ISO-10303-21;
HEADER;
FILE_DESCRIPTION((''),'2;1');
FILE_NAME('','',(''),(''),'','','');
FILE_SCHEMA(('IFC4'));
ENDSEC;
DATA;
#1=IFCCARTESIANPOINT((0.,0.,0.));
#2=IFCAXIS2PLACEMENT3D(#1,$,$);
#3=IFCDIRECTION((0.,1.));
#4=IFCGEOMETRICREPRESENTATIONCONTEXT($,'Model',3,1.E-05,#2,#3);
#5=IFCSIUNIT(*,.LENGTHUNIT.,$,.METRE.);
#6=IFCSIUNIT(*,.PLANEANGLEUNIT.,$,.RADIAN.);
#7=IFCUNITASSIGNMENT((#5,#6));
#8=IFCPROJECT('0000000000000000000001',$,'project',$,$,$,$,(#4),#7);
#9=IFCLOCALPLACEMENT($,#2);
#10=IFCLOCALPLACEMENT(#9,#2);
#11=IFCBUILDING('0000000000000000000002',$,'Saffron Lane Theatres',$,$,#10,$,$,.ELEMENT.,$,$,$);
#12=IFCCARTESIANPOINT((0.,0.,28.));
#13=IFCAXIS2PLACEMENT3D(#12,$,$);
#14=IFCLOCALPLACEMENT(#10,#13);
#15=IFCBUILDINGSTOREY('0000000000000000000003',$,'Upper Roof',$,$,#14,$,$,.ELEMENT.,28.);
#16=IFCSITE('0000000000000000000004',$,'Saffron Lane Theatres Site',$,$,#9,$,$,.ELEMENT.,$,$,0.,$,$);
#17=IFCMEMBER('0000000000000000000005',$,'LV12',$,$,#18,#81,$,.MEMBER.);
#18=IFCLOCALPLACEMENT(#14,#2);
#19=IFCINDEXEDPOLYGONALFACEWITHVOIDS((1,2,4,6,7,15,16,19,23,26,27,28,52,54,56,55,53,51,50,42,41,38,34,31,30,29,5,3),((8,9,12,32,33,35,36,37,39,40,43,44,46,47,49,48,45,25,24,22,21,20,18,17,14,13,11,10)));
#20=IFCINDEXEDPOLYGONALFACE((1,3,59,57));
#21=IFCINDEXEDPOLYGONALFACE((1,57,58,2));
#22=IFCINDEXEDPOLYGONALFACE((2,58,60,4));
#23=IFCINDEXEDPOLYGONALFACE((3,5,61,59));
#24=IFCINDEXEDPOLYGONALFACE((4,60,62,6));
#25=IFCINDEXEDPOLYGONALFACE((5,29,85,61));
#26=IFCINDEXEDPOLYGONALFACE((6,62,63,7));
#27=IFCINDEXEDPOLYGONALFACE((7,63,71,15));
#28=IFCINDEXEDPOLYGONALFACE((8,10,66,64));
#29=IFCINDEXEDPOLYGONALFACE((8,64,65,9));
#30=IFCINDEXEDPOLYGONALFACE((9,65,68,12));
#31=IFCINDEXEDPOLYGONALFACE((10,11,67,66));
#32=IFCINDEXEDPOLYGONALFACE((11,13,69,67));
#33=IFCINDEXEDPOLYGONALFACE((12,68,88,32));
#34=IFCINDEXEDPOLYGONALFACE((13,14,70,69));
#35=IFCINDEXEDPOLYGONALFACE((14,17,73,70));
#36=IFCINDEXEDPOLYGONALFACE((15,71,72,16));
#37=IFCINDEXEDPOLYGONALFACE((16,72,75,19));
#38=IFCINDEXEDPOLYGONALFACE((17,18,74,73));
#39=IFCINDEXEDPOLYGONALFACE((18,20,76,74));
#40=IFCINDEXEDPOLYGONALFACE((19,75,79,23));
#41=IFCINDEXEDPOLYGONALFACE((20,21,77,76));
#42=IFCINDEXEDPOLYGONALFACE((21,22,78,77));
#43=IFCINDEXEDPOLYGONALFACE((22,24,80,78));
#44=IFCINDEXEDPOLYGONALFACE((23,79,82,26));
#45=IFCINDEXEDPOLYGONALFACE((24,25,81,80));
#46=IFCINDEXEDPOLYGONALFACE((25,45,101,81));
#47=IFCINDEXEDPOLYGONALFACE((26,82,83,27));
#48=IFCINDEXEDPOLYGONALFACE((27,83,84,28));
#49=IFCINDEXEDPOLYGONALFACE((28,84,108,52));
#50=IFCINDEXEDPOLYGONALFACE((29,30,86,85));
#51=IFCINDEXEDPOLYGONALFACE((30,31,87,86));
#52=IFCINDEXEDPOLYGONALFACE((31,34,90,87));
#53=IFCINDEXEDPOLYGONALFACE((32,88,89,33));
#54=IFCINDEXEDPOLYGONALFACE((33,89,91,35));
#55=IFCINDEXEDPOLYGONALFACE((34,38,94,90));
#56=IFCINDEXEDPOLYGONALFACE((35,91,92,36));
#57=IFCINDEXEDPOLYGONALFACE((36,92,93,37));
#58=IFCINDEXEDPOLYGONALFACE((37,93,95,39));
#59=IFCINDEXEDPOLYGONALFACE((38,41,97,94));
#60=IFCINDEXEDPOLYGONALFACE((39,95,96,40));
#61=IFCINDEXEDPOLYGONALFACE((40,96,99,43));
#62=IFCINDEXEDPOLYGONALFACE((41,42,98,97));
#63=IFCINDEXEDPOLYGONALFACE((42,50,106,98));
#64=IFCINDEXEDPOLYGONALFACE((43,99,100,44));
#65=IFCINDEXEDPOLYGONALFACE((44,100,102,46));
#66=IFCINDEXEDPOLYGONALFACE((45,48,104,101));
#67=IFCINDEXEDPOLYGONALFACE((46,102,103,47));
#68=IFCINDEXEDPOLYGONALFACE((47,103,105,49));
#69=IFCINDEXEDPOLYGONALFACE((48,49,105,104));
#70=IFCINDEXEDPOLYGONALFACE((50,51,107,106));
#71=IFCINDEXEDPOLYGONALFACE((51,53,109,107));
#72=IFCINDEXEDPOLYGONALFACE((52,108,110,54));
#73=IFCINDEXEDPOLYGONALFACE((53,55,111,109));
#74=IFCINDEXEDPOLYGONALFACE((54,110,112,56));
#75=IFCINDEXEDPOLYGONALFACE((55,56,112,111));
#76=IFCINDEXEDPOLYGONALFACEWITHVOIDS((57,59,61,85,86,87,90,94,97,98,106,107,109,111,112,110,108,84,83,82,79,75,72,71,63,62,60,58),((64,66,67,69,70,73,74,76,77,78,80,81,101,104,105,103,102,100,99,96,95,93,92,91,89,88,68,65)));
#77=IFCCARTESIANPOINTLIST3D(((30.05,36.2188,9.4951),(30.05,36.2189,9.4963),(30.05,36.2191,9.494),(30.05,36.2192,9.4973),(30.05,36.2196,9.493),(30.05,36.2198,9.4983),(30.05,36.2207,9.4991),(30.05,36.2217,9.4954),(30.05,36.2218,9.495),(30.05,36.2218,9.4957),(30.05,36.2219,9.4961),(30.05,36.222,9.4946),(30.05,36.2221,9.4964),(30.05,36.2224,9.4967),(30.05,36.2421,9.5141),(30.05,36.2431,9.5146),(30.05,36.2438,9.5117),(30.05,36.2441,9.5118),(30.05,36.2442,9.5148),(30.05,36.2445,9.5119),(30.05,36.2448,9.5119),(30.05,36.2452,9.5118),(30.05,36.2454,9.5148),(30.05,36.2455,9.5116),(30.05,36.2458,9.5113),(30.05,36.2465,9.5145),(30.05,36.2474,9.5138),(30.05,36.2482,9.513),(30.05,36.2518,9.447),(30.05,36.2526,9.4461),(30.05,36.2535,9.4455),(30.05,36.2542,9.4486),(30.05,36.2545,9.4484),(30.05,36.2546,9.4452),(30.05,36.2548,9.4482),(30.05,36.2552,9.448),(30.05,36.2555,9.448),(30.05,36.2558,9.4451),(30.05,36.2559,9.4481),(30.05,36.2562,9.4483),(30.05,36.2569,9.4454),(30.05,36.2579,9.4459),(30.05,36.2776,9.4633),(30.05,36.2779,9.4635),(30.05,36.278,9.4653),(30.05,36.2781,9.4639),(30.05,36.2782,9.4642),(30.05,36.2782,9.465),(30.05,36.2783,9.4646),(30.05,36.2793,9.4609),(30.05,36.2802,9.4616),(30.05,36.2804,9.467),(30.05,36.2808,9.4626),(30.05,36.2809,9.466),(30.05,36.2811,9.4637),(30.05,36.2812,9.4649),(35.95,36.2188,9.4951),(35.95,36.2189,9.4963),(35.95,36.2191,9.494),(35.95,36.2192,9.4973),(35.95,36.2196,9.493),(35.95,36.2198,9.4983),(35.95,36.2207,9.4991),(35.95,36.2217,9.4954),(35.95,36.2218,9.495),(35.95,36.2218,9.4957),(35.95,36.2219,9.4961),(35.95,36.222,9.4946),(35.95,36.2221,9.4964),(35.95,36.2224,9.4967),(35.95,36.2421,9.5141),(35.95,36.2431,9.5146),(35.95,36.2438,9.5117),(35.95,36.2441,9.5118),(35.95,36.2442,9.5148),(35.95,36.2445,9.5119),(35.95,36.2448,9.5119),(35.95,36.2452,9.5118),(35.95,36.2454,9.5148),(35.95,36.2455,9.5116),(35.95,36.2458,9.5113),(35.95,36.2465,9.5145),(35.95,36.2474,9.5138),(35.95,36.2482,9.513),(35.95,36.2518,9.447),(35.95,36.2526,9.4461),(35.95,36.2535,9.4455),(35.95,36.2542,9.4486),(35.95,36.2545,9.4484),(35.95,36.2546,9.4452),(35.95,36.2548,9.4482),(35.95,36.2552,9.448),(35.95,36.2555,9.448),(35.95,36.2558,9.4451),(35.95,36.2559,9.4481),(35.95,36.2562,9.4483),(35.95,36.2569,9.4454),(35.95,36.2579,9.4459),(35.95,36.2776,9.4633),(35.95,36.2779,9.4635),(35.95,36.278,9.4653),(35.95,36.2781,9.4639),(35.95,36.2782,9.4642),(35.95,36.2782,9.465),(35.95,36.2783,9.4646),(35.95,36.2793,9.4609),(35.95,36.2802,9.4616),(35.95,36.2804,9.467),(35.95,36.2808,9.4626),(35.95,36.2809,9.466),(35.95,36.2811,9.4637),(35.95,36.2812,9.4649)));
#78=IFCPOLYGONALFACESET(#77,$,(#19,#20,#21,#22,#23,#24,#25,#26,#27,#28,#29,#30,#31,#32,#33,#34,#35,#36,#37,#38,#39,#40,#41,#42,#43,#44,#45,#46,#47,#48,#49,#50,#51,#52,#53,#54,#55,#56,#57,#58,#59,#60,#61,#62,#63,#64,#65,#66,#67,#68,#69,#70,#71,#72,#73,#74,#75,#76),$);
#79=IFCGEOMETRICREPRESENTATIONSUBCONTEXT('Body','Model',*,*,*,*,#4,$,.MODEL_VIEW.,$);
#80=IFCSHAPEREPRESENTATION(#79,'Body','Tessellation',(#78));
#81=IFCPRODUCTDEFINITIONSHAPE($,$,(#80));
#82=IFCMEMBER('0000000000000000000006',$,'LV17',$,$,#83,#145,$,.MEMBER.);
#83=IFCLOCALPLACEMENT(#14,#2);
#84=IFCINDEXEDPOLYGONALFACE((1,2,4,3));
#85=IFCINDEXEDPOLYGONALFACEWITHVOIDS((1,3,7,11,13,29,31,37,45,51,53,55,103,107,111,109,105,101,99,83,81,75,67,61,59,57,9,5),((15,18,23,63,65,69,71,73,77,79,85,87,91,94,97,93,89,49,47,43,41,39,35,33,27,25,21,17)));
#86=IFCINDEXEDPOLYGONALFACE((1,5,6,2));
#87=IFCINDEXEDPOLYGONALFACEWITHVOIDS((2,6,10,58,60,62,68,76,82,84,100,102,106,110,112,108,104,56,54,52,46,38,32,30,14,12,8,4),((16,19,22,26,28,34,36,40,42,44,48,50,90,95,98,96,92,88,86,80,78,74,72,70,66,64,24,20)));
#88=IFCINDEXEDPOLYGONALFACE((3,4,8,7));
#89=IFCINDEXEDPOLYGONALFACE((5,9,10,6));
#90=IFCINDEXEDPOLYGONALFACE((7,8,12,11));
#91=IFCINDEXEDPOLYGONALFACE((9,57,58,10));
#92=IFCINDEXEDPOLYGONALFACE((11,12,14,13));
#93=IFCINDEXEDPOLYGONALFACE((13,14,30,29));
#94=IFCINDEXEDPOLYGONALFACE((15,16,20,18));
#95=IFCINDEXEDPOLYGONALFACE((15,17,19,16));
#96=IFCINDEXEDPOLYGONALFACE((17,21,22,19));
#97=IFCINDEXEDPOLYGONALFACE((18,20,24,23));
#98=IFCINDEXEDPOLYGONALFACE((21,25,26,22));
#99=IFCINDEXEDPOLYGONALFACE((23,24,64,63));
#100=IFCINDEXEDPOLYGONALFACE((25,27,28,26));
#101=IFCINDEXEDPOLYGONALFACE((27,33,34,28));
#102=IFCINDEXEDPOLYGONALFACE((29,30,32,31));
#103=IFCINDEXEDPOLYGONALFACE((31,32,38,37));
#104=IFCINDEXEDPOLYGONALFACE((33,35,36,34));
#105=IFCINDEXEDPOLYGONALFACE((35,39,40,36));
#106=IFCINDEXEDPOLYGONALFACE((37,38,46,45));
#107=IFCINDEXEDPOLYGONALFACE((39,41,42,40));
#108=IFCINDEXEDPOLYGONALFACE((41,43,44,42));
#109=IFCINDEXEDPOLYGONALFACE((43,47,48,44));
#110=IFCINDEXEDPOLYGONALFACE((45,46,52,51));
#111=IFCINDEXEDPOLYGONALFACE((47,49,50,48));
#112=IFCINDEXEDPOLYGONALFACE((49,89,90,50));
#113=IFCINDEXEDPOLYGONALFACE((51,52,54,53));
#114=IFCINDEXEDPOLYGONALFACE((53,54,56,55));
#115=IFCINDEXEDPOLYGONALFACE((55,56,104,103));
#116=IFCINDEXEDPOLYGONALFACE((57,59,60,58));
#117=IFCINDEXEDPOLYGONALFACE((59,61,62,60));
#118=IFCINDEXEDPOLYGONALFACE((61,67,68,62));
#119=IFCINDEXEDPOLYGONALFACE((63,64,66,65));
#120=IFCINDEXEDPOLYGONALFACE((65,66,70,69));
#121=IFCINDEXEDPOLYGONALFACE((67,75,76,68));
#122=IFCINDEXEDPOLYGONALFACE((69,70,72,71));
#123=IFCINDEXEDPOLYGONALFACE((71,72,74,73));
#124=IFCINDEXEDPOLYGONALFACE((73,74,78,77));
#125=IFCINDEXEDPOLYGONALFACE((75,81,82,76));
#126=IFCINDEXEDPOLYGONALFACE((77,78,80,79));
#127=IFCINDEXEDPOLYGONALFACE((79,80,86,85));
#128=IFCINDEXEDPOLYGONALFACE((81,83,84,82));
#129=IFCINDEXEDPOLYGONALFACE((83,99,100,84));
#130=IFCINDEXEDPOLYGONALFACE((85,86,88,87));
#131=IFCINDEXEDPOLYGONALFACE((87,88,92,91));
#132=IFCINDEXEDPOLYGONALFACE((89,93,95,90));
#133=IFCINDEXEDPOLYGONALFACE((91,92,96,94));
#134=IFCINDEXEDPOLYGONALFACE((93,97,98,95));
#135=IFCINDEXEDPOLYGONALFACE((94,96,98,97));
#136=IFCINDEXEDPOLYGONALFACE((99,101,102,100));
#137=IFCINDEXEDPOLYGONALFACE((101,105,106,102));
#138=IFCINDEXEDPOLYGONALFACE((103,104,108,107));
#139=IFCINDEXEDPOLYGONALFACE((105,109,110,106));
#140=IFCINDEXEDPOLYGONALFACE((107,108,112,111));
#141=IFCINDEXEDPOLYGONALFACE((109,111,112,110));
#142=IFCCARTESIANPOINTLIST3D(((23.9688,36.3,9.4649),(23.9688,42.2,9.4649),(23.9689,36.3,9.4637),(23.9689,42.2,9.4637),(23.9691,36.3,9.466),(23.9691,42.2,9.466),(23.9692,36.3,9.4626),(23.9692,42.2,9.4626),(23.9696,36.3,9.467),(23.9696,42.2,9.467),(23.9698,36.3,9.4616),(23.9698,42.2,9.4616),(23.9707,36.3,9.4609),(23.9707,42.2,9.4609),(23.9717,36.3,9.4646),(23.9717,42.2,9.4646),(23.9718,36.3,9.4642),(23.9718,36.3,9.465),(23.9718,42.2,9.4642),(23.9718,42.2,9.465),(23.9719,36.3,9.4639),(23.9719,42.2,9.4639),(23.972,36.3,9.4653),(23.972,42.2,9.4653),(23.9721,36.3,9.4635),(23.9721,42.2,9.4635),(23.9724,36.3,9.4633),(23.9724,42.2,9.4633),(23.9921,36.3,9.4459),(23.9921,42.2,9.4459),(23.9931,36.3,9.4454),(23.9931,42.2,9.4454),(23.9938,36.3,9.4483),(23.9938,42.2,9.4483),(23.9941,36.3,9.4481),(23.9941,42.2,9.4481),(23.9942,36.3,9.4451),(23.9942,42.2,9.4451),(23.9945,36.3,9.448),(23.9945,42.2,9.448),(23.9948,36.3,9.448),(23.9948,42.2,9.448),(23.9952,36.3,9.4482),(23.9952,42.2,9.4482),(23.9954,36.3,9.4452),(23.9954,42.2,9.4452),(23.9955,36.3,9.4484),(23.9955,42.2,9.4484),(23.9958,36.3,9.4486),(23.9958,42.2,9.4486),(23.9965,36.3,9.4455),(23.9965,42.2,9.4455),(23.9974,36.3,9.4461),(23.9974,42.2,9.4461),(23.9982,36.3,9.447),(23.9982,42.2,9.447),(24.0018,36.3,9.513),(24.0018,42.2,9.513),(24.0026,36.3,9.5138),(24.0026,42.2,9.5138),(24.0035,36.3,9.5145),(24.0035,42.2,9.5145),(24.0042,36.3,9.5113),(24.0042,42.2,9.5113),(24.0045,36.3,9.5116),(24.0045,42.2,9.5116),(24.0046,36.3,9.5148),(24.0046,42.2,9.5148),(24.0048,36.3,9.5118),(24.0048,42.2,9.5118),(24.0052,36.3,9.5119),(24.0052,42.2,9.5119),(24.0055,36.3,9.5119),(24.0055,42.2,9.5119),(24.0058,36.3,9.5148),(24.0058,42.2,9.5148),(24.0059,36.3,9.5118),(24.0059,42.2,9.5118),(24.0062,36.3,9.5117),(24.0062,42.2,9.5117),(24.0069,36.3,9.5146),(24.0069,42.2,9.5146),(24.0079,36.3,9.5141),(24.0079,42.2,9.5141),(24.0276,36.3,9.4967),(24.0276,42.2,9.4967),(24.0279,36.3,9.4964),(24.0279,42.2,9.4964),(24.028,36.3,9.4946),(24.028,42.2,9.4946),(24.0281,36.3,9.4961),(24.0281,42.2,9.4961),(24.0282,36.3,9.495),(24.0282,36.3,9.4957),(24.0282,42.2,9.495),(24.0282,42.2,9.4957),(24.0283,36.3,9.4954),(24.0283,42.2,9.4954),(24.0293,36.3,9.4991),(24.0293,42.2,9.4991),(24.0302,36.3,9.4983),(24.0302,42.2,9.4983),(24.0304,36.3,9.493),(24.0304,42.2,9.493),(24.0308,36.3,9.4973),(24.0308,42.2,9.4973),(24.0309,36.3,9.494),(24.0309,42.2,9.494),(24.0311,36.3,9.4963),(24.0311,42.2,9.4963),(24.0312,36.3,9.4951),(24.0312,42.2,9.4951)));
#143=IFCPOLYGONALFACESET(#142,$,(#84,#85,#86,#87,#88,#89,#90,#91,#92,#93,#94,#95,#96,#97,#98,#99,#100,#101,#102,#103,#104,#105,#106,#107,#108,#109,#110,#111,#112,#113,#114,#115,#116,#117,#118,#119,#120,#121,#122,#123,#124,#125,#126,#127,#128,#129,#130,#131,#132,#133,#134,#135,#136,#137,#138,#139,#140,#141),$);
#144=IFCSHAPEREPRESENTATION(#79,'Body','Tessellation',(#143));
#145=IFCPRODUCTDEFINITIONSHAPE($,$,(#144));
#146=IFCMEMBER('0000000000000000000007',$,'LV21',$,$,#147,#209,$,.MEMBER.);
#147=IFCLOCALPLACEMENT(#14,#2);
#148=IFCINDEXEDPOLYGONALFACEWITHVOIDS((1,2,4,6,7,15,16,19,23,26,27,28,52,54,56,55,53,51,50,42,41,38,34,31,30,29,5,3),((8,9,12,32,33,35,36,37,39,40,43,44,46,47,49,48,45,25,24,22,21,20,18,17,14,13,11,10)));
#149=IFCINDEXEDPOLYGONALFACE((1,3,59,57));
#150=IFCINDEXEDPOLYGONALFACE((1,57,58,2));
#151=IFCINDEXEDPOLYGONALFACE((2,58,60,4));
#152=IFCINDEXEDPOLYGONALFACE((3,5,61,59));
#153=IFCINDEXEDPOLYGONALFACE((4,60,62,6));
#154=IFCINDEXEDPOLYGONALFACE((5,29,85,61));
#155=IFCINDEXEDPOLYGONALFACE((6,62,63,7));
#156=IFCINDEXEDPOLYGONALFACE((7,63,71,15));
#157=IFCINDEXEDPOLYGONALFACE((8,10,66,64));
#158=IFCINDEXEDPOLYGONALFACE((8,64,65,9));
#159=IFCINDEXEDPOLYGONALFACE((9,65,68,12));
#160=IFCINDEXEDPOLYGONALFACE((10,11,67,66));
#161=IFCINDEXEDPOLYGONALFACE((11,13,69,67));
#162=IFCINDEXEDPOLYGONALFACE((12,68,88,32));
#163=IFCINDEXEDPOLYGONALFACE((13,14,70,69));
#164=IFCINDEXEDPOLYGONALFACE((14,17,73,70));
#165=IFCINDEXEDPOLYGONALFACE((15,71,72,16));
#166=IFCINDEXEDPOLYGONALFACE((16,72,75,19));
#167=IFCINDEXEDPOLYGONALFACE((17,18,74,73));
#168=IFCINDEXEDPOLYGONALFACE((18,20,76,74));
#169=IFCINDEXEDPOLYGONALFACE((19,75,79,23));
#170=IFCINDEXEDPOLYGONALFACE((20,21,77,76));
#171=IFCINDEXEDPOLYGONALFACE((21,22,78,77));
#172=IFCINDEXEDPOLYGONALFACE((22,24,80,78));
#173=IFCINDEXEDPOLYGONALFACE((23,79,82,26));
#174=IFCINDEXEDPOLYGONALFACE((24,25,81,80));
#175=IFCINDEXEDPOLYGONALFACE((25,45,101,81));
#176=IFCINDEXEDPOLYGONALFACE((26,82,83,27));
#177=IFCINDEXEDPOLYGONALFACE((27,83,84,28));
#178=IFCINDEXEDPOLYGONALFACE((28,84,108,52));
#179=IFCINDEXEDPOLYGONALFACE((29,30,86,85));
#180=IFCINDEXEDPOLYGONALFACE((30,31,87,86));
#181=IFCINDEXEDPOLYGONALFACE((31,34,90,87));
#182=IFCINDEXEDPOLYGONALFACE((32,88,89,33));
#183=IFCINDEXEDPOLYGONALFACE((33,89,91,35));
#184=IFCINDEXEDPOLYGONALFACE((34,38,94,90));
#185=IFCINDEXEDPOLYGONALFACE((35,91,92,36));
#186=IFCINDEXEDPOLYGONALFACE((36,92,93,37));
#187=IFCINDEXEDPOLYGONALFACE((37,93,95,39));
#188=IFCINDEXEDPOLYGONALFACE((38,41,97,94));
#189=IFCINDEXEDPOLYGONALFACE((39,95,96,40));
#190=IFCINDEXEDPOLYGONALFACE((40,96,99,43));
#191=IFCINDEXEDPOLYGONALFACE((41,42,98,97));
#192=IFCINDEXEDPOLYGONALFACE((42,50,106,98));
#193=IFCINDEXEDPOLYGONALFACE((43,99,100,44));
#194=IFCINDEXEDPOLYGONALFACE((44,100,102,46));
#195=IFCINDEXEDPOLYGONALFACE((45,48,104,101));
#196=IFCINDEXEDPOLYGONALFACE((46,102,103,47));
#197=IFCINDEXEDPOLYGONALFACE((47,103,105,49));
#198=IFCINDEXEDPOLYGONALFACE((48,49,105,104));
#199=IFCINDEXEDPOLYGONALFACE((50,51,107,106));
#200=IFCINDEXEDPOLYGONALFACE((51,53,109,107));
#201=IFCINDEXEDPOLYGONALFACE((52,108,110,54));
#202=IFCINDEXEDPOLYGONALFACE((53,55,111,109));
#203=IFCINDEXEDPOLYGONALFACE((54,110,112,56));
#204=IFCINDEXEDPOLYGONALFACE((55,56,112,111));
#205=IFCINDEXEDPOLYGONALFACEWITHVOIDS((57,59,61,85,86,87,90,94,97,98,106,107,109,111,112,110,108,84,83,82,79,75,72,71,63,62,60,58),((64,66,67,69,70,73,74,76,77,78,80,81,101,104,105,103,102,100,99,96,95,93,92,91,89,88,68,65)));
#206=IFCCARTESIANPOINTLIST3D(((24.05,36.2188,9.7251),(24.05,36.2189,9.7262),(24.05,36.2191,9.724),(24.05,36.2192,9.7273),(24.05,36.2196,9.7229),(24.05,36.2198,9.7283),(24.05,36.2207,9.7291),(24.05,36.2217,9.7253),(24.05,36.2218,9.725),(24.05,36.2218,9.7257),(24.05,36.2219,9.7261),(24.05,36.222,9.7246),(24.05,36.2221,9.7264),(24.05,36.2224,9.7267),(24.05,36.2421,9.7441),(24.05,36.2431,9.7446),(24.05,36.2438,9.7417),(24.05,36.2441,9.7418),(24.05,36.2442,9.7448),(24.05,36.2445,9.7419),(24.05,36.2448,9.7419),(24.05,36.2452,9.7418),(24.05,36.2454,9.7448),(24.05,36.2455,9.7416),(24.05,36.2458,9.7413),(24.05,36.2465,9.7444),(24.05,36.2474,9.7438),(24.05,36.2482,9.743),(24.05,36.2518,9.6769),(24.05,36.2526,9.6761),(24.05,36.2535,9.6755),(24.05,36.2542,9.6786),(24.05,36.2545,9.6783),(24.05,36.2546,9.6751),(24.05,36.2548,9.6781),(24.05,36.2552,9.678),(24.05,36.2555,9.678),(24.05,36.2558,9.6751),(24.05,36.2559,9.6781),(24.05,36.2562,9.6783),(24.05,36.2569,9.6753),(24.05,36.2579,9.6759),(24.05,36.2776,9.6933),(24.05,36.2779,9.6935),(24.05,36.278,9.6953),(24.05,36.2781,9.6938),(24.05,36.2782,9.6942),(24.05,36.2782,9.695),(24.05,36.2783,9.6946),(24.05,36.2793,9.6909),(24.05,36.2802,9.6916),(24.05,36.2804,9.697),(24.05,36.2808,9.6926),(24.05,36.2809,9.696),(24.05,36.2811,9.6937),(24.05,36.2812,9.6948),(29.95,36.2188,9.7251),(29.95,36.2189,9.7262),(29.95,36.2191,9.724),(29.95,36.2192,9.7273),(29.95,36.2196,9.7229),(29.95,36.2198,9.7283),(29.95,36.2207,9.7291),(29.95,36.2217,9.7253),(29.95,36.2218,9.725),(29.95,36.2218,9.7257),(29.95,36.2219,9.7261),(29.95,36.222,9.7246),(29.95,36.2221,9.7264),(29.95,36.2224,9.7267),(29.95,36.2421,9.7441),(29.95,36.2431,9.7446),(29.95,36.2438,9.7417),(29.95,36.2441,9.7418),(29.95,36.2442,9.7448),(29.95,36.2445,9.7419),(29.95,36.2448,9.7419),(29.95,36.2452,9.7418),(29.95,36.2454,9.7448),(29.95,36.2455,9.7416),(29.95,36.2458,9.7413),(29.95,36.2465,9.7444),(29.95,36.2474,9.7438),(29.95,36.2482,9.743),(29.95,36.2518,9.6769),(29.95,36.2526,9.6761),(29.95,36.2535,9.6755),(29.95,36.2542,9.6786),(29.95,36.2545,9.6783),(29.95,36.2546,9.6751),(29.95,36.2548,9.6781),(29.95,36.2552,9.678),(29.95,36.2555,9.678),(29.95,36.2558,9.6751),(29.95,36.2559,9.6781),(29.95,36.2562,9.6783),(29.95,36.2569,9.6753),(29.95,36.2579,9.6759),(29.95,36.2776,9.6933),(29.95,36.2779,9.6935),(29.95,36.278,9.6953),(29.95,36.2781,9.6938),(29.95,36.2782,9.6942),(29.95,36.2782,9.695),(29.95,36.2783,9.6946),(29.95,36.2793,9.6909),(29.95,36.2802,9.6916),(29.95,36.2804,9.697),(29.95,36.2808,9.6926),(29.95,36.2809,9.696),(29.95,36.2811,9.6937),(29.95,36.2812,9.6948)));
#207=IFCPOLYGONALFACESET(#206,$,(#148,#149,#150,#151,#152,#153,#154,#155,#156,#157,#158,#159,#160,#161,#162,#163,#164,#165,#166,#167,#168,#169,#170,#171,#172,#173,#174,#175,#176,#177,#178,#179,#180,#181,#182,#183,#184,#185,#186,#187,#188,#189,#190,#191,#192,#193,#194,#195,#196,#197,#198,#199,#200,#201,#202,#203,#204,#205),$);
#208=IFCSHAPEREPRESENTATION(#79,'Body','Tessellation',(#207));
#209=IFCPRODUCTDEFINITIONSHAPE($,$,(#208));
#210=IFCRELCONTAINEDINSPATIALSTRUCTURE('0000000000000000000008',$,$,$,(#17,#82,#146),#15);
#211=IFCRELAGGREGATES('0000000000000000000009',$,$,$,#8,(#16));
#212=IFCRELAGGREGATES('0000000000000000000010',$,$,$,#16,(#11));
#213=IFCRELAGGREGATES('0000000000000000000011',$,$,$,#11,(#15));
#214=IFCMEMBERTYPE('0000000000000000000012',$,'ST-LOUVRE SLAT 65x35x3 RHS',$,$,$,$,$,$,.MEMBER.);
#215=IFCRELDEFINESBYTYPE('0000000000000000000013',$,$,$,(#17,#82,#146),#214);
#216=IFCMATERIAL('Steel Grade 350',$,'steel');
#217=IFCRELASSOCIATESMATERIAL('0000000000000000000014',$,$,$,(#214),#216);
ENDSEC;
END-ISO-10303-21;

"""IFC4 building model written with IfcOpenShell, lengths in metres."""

from ifc_helpers import new_model, si_unit, direction, frame, origin, origin_2d, place, context, subcontext, project, spatial, hollow_rectangle, extrude, material, material_profile, profile_set, type_object, element, save


model = new_model("IFC4")

# Units and contexts
model_context = context("Model", 3, precision=1e-05, world=origin(), true_north=direction((0.0, 1.0)))
body_context = subcontext(model_context, "Body", "Model", "MODEL_VIEW")
ifc_project = project(units=[si_unit("LENGTHUNIT", "METRE"), si_unit("PLANEANGLEUNIT", "RADIAN")], contexts=[model_context])

# Site, building, storey
site_placement = place(None, origin())
site = spatial("IfcSite", under=ifc_project, at=site_placement, Name="Saffron Lane Theatres Site", CompositionType="ELEMENT", RefElevation=0.0)
building_placement = place(site_placement, origin())
building = spatial("IfcBuilding", under=site, at=building_placement, Name="Saffron Lane Theatres", CompositionType="ELEMENT")
storey_placement = place(building_placement, frame((0.0, 0.0, 28.0)))
storey = spatial("IfcBuildingStorey", under=building, at=storey_placement, Name="Upper Roof", CompositionType="ELEMENT", Elevation=28.0)

# Members
ifc_material_1 = material(Name="Steel Grade 350", Category="steel")
ifc_material_profile_1 = material_profile(ifc_material_1, hollow_rectangle(XDim=0.0349, YDim=0.0649, WallThickness=0.0029, InnerFilletRadius=0.0015, OuterFilletRadius=0.0044, at=origin_2d()))
ifc_profile_set_1 = profile_set([ifc_material_profile_1], Name="Steel Grade 350")
member_type_1 = type_object("IfcMemberType", Name="ST-LOUVRE SLAT 65x35x3 RHS", PredefinedType="MEMBER", material=ifc_profile_set_1)
for number, where, z_axis, x_axis, name in (
    (1, (30.05, 36.25, 9.48), (1.0, 0.0, 0.0), (0.0, 0.819152, 0.573576), "LV12"),
    (2, (24.0, 36.3, 9.48), (0.0, 1.0, 0.0), (-0.819152, 0.0, 0.573576), "LV17"),
    (3, (24.05, 36.25, 9.71), (1.0, 0.0, 0.0), (0.0, 0.819152, 0.573576), "LV21"),
):
    element("IfcMember", number, at=place(storey_placement, frame(where, z_axis=z_axis, x_axis=x_axis)), inside=storey, type_object=member_type_1, Name=name, PredefinedType="MEMBER", context=body_context, shape_type="SweptSolid", body=[
        extrude(hollow_rectangle(XDim=0.0349, YDim=0.0649, WallThickness=0.0029, InnerFilletRadius=0.0015, OuterFilletRadius=0.0044, at=origin_2d()), origin(), (0.0, 0.0, 1.0), 5.8999),
    ])

save(model, "model.ifc")
